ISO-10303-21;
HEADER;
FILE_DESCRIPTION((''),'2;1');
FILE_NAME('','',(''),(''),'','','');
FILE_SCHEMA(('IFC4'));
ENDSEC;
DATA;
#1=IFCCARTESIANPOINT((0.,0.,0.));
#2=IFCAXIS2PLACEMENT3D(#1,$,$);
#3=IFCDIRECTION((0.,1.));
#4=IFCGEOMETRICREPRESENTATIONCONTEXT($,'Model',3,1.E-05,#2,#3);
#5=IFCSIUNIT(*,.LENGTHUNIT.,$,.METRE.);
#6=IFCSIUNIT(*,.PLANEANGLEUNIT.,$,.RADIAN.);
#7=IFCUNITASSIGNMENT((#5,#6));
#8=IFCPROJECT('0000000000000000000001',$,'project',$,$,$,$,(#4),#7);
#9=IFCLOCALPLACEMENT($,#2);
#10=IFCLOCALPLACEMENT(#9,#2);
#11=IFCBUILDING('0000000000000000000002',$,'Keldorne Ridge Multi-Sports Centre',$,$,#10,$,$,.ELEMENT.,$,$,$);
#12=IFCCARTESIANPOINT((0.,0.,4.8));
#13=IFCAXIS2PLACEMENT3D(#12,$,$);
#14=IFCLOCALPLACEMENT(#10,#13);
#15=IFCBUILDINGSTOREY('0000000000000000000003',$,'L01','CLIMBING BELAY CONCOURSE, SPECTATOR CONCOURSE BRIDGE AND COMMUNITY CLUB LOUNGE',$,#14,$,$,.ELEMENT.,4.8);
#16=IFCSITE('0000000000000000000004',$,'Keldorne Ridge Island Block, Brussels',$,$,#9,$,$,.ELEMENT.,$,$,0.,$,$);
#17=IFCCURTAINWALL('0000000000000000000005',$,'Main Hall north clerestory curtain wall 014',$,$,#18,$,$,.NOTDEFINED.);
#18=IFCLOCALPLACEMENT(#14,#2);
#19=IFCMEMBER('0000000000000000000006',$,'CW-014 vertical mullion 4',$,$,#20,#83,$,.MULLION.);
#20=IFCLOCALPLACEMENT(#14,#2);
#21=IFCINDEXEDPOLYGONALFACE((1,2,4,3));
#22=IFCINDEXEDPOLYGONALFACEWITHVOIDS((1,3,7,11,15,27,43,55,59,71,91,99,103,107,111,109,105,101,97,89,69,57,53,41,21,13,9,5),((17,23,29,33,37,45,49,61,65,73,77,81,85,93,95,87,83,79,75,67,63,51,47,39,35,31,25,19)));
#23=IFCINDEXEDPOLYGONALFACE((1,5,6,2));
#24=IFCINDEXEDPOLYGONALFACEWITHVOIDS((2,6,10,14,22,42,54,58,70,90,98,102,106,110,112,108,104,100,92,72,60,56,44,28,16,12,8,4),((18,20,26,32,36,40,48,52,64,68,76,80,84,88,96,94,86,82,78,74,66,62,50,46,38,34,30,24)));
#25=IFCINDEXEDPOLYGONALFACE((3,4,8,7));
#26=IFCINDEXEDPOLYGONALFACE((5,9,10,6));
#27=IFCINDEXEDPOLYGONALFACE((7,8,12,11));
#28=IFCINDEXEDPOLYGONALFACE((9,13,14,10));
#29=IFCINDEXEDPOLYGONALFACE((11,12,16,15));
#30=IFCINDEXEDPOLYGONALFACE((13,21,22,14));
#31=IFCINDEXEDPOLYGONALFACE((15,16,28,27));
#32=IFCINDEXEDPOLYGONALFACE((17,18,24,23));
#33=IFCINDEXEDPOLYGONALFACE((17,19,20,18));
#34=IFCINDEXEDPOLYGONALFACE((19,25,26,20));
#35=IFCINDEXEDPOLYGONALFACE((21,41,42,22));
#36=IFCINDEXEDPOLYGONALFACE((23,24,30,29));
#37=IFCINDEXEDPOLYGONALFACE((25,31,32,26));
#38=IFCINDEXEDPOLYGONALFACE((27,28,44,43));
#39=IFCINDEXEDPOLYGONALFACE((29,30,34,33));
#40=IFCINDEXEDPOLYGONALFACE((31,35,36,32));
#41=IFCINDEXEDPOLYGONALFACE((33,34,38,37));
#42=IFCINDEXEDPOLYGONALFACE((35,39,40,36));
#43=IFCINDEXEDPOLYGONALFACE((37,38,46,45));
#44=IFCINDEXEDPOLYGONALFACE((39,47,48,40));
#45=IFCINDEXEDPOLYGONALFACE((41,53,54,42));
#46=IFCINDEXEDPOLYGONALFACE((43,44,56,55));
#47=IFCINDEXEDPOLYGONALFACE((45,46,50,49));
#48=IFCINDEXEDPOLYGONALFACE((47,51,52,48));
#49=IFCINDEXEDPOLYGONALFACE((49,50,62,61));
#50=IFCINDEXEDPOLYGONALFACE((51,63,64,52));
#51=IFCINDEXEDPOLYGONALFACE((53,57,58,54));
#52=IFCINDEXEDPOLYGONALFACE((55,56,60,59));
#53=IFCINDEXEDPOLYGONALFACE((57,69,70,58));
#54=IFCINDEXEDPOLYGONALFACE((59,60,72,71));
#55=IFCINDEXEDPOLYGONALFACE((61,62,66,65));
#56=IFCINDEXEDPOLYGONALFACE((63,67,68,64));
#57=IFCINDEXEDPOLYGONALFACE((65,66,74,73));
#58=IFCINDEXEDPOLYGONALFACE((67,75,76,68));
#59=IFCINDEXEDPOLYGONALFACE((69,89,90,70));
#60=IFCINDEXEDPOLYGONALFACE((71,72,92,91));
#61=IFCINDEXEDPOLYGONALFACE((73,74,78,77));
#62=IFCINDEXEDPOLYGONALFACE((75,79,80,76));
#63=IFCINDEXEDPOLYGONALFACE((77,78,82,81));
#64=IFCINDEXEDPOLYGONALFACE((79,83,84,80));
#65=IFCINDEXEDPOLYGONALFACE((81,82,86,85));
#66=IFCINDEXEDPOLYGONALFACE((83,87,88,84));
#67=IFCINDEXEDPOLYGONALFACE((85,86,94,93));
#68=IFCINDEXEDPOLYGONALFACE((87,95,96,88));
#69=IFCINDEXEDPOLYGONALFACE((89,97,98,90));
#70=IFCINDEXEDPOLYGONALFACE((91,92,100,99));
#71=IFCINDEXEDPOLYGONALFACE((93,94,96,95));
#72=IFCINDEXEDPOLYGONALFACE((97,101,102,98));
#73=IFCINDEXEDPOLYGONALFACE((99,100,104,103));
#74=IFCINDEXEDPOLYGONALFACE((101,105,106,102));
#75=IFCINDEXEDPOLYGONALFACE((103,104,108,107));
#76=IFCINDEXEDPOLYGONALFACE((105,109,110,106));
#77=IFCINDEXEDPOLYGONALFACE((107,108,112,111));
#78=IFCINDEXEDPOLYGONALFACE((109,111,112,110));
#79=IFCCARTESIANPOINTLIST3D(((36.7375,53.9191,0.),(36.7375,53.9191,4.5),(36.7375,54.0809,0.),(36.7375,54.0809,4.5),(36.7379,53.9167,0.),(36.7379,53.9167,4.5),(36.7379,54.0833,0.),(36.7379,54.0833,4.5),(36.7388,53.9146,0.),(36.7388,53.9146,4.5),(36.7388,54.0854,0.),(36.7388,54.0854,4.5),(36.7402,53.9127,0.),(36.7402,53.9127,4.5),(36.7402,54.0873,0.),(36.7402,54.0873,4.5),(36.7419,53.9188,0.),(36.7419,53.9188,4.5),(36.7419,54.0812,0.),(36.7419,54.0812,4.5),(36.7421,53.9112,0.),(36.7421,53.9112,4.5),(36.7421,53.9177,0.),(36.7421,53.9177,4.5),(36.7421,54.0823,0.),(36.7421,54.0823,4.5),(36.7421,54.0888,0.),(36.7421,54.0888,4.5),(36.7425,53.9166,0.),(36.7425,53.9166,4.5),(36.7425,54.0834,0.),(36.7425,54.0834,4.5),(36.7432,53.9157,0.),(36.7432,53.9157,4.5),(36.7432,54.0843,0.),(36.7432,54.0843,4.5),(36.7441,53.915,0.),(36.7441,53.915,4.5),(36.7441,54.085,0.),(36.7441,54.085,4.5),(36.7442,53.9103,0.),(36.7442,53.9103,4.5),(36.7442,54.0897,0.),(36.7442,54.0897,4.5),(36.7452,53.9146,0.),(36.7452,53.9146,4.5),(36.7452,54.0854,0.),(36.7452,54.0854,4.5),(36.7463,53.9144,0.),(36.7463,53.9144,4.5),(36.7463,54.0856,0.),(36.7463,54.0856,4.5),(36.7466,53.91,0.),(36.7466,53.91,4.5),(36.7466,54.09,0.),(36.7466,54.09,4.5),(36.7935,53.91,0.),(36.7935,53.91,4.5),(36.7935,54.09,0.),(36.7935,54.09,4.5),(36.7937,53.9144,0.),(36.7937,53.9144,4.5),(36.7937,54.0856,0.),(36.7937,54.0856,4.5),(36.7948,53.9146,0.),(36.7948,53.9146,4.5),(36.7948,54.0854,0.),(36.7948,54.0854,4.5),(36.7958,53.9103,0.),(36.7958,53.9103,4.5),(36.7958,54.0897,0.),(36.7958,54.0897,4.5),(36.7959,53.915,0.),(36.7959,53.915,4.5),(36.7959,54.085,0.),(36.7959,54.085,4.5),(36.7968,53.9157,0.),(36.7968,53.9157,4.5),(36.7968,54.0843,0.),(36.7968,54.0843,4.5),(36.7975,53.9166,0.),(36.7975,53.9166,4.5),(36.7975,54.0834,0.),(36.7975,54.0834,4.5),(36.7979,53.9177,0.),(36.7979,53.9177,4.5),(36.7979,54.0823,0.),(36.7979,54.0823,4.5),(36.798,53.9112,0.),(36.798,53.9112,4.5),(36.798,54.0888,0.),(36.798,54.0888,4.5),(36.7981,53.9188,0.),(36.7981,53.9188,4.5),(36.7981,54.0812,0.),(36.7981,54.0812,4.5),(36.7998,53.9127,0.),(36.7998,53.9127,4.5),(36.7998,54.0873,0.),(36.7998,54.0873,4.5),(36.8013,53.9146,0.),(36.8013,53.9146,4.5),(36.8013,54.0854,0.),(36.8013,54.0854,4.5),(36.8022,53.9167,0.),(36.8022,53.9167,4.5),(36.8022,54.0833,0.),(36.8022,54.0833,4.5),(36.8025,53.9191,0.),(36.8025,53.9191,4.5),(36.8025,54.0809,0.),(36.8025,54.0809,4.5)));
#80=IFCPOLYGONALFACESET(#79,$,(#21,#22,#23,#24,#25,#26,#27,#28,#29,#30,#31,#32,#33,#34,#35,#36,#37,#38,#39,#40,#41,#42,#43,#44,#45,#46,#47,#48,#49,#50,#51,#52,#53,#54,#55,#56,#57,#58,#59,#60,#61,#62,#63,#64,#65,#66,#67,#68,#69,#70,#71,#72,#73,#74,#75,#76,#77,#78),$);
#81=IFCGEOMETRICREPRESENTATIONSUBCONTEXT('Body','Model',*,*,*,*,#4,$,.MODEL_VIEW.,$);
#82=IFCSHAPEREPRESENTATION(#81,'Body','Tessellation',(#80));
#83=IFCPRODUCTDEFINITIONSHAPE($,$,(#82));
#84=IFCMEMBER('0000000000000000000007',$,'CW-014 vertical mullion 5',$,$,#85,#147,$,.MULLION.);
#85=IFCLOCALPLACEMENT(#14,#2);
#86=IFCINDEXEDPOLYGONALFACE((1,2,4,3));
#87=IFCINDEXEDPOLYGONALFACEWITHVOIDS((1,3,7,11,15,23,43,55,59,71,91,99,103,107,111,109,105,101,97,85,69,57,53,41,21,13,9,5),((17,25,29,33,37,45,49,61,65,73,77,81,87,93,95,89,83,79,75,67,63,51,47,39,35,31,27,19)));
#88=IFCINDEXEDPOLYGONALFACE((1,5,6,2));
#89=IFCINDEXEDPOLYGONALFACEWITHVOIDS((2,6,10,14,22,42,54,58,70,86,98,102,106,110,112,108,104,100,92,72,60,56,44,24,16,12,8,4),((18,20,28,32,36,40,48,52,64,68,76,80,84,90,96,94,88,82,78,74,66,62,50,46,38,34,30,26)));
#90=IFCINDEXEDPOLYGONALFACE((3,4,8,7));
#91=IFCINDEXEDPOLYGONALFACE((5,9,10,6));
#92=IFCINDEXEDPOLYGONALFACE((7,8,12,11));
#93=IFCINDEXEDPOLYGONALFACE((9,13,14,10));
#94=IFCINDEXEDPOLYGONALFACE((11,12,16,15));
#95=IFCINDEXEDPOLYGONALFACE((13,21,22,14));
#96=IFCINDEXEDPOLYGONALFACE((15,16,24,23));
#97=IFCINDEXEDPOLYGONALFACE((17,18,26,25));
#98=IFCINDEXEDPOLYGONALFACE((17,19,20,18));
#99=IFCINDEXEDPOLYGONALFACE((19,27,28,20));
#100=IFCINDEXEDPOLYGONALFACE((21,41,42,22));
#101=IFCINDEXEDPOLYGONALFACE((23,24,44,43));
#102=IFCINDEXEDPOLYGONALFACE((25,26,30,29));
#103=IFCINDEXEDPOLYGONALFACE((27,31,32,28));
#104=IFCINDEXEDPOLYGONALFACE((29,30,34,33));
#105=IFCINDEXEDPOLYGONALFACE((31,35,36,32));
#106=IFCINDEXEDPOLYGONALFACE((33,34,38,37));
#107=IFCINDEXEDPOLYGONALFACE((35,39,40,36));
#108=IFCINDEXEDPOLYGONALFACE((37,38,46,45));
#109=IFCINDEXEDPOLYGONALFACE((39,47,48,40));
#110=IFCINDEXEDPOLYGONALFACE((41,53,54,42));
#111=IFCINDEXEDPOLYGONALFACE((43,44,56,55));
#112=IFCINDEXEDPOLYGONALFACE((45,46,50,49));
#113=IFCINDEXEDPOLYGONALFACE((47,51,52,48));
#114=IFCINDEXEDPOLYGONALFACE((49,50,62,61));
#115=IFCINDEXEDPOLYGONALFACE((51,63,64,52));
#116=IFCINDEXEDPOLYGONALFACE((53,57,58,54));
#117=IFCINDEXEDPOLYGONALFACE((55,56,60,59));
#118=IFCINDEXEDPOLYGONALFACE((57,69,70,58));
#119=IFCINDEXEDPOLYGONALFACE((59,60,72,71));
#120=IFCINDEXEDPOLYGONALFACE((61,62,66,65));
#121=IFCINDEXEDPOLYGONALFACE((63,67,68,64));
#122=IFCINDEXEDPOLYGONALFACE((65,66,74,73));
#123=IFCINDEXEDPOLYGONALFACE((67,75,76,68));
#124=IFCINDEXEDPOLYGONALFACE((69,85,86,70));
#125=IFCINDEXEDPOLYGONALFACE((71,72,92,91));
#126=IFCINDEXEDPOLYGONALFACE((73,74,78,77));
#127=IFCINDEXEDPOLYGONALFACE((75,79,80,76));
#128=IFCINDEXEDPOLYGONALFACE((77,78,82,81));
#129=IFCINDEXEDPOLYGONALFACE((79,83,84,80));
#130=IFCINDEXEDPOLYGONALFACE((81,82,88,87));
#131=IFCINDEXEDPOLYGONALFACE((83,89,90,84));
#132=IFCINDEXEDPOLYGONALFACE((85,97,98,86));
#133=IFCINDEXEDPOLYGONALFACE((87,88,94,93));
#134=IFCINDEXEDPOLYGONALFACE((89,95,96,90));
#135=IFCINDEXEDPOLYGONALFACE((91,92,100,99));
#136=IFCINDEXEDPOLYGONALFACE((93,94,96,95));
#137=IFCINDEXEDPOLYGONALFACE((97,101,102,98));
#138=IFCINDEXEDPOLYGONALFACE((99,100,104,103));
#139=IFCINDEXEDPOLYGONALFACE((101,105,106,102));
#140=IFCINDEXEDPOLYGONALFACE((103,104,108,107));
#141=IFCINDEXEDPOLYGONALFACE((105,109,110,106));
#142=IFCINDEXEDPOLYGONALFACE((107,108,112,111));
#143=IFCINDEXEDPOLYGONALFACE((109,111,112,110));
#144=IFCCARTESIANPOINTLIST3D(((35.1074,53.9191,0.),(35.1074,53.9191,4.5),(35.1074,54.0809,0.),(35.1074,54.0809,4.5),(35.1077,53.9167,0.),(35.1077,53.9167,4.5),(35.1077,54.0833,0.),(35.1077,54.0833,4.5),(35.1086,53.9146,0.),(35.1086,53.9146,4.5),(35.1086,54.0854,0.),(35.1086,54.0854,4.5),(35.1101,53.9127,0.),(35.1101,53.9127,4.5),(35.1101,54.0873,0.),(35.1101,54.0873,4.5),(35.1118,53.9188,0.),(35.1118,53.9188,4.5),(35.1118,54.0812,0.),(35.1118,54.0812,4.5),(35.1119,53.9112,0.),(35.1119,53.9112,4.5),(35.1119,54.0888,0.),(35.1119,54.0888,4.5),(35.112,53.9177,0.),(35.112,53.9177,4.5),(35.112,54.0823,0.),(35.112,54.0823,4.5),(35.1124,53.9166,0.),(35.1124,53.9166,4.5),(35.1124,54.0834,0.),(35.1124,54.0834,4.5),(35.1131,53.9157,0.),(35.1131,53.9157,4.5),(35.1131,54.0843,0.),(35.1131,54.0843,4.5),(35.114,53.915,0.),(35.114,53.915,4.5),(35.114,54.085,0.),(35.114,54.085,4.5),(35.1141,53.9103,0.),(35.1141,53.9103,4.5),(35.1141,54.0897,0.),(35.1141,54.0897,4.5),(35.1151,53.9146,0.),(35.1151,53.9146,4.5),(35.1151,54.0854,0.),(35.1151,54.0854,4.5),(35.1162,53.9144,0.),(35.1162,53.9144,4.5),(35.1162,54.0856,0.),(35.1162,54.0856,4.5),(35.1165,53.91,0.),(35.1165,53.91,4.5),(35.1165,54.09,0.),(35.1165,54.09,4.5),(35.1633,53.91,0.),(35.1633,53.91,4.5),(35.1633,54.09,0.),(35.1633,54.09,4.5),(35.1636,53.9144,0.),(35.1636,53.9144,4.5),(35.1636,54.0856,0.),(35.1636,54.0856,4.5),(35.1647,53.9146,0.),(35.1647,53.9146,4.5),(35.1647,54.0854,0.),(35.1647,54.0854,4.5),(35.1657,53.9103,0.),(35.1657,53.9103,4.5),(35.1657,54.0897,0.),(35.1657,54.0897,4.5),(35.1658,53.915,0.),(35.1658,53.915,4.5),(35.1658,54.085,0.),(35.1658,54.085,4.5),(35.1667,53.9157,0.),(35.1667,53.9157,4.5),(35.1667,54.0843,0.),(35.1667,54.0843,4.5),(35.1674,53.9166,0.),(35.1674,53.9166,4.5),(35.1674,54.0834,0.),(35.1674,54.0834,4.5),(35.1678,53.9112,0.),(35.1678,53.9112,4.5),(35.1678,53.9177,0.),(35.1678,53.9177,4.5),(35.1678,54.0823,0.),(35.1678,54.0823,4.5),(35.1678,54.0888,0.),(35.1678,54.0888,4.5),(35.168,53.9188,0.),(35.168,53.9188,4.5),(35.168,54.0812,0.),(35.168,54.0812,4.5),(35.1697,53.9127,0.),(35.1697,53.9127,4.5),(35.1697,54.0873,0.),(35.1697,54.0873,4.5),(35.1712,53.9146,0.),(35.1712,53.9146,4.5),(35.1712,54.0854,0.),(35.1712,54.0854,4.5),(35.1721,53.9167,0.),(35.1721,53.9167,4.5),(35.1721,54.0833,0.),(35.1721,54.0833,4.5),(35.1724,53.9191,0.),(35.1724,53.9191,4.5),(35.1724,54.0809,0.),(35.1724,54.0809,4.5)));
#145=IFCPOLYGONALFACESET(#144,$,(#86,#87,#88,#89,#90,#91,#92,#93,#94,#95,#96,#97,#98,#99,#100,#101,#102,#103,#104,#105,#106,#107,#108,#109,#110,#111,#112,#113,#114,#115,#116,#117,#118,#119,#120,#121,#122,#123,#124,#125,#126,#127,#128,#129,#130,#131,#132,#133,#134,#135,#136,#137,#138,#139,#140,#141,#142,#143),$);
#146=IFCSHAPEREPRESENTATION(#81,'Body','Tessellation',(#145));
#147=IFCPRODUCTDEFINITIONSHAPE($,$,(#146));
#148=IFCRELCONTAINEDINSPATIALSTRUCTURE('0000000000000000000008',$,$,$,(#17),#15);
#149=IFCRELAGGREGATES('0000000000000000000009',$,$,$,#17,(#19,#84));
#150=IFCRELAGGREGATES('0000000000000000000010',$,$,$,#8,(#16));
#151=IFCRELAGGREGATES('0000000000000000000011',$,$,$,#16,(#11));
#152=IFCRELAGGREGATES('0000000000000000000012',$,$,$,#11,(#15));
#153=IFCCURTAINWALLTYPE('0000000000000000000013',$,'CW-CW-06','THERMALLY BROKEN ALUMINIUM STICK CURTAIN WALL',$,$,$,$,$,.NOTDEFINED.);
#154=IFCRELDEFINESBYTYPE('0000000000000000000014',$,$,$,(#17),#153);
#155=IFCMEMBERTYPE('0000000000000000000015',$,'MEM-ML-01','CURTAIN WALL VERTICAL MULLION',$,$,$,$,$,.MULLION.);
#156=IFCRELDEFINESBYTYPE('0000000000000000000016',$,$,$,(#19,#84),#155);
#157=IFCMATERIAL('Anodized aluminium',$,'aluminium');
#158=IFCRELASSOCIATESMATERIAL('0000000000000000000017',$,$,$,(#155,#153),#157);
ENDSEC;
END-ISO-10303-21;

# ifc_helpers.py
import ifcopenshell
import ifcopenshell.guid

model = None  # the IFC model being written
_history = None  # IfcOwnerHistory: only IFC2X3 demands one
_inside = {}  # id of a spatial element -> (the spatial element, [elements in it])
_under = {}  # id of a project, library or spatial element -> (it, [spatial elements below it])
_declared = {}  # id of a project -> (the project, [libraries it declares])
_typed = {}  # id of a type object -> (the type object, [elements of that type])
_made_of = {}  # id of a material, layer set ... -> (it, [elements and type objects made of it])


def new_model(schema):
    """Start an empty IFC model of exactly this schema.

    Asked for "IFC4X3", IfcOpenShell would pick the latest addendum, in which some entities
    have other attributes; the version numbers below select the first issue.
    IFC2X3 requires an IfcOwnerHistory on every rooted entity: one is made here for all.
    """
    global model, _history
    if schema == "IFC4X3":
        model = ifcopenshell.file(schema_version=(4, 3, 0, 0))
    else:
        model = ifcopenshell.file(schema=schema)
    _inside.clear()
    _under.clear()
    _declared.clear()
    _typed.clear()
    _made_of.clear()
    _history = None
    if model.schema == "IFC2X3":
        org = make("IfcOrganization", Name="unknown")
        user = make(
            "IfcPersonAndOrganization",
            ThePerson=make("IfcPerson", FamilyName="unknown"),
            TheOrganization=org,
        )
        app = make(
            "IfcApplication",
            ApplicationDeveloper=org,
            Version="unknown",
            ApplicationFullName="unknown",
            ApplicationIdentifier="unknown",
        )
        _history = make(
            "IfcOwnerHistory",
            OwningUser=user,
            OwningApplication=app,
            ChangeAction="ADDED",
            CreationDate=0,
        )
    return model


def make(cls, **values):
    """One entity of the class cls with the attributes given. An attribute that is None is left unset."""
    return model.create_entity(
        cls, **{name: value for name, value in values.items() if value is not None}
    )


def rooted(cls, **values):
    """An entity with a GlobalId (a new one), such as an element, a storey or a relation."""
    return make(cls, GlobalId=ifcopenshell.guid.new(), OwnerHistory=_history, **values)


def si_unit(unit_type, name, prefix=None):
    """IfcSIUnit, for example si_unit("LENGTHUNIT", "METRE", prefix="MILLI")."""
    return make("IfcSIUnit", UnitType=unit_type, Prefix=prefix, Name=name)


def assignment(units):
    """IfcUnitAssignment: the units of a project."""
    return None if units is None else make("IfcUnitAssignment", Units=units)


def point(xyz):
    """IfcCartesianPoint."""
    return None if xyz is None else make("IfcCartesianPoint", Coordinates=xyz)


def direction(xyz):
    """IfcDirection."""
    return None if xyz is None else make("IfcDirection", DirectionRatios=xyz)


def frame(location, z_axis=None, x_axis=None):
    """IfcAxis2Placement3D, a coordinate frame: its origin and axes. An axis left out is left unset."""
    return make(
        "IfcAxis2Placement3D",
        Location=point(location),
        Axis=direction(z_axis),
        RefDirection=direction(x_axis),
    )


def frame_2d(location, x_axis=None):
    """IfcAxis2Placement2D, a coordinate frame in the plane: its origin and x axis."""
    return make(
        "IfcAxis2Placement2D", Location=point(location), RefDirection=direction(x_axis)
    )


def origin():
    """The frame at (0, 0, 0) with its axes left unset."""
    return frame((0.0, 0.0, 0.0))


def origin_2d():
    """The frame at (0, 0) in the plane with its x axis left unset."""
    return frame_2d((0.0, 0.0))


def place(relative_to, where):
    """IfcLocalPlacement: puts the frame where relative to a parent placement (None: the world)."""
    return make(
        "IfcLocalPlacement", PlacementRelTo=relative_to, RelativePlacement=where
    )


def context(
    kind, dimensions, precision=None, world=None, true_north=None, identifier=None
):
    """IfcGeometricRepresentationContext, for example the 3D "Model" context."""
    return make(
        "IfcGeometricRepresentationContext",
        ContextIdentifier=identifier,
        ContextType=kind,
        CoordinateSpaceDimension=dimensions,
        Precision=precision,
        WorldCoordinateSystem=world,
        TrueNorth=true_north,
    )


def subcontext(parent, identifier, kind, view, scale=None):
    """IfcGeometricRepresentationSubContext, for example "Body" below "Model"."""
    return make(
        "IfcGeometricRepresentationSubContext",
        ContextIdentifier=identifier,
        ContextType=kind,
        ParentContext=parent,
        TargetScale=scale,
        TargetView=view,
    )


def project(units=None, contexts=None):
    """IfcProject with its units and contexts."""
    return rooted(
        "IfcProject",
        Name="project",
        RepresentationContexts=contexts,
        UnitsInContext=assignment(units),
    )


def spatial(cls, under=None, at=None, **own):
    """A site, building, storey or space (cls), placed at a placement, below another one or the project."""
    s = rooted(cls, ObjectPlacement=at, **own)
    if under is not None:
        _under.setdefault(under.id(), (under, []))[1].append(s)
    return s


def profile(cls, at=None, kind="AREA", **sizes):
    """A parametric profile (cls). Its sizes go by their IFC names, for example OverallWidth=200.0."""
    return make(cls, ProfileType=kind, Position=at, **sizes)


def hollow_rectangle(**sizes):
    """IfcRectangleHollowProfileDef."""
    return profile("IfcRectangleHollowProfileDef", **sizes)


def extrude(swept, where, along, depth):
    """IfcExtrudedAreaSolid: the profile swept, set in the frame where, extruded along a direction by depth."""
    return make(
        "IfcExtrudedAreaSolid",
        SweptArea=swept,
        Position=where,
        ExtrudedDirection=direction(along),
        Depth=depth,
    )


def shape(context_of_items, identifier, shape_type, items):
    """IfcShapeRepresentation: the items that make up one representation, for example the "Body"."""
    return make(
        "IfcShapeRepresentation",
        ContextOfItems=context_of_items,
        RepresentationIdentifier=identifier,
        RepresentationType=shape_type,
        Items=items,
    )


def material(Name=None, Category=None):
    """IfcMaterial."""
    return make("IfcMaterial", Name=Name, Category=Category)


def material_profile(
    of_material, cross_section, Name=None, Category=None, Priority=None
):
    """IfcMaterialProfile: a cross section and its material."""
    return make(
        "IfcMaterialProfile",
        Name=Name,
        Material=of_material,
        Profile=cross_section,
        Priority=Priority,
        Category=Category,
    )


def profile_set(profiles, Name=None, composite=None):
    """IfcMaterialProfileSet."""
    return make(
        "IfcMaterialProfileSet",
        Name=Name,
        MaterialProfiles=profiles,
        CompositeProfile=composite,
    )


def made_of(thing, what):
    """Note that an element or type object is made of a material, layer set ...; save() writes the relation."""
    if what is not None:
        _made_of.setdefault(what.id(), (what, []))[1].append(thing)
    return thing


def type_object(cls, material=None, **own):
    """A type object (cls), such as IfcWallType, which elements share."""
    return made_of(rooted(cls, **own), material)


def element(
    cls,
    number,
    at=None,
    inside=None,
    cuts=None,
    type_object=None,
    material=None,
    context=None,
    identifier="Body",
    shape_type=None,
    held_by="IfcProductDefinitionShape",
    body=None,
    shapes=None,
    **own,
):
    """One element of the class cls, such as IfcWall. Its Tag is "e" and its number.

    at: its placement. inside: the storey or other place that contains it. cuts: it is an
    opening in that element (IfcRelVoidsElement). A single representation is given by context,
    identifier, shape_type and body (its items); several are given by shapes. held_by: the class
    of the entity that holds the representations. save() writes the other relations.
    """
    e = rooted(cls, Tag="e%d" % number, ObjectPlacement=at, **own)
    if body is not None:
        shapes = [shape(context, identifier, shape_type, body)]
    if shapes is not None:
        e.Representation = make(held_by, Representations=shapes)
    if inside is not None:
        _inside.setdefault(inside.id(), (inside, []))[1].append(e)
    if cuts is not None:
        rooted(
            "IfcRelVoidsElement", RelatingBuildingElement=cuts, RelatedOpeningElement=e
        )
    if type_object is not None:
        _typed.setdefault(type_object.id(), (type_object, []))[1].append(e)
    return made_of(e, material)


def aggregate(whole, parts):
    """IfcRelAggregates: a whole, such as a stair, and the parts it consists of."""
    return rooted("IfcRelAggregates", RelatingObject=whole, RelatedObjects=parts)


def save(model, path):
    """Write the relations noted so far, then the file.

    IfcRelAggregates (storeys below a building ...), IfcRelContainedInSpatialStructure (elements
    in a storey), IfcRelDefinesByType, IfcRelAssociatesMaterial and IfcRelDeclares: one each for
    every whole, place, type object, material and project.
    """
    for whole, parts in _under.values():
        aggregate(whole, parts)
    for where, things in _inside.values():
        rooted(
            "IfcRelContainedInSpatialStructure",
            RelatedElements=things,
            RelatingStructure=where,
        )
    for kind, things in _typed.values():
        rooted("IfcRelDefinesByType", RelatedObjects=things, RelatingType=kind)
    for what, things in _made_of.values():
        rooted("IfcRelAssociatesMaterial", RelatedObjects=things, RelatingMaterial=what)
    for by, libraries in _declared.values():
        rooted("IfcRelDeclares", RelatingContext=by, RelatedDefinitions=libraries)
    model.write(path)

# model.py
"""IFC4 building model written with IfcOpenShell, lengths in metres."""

from ifc_helpers import new_model, si_unit, direction, frame, origin, origin_2d, place, context, subcontext, project, spatial, hollow_rectangle, extrude, material, material_profile, profile_set, type_object, element, aggregate, save


model = new_model("IFC4")

# Units and contexts
model_context = context("Model", 3, precision=1e-05, world=origin(), true_north=direction((0.0, 1.0)))
body_context = subcontext(model_context, "Body", "Model", "MODEL_VIEW")
ifc_project = project(units=[si_unit("LENGTHUNIT", "METRE"), si_unit("PLANEANGLEUNIT", "RADIAN")], contexts=[model_context])

# Site, building, storey
site_placement = place(None, origin())
site = spatial("IfcSite", under=ifc_project, at=site_placement, Name="Keldorne Ridge Island Block, Brussels", CompositionType="ELEMENT", RefElevation=0.0)
building_placement = place(site_placement, origin())
building = spatial("IfcBuilding", under=site, at=building_placement, Name="Keldorne Ridge Multi-Sports Centre", CompositionType="ELEMENT")
storey_placement = place(building_placement, frame((0.0, 0.0, 4.8)))
storey = spatial("IfcBuildingStorey", under=building, at=storey_placement, Name="L01", Description="CLIMBING BELAY CONCOURSE, SPECTATOR CONCOURSE BRIDGE AND COMMUNITY CLUB LOUNGE", CompositionType="ELEMENT", Elevation=4.8)

# Curtain wall, members
ifc_material_1 = material(Name="Anodized aluminium", Category="aluminium")
ifc_material_profile_1 = material_profile(ifc_material_1, hollow_rectangle(XDim=0.0649, YDim=0.1799, WallThickness=0.0044, InnerFilletRadius=0.0044, OuterFilletRadius=0.009, at=origin_2d()), Name="ALU MULLION 180x65x4.5")
ifc_profile_set_1 = profile_set([ifc_material_profile_1], Name="Anodized aluminium")
member_type_1 = type_object("IfcMemberType", Name="MEM-ML-01", Description="CURTAIN WALL VERTICAL MULLION", PredefinedType="MULLION", material=ifc_profile_set_1)
curtain_wall_type_1 = type_object("IfcCurtainWallType", Name="CW-CW-06", Description="THERMALLY BROKEN ALUMINIUM STICK CURTAIN WALL", PredefinedType="NOTDEFINED", material=ifc_material_1)
curtain_wall_1_placement = place(storey_placement, origin())
curtain_wall_1 = element("IfcCurtainWall", 1, at=curtain_wall_1_placement, inside=storey, type_object=curtain_wall_type_1, Name="Main Hall north clerestory curtain wall 014", PredefinedType="NOTDEFINED")
member_1_placement = place(storey_placement, frame((36.77, 54.0, 0.0), z_axis=(0.0, 0.0, 1.0), x_axis=(1.0, 0.0, 0.0)))
member_1 = element("IfcMember", 2, at=member_1_placement, type_object=member_type_1, Name="CW-014 vertical mullion 4", PredefinedType="MULLION", context=body_context, shape_type="SweptSolid", body=[
    extrude(hollow_rectangle(XDim=0.0649, YDim=0.1799, WallThickness=0.0044, InnerFilletRadius=0.0044, OuterFilletRadius=0.009, at=origin_2d()), origin(), (0.0, 0.0, 1.0), 4.5),
])
member_2_placement = place(storey_placement, frame((35.1399, 54.0, 0.0), z_axis=(0.0, 0.0, 1.0), x_axis=(1.0, 0.0, 0.0)))
member_2 = element("IfcMember", 3, at=member_2_placement, type_object=member_type_1, Name="CW-014 vertical mullion 5", PredefinedType="MULLION", context=body_context, shape_type="SweptSolid", body=[
    extrude(hollow_rectangle(XDim=0.0649, YDim=0.1799, WallThickness=0.0044, InnerFilletRadius=0.0044, OuterFilletRadius=0.009, at=origin_2d()), origin(), (0.0, 0.0, 1.0), 4.5),
])

aggregate(curtain_wall_1, [member_1, member_2])

save(model, "model.ifc")
